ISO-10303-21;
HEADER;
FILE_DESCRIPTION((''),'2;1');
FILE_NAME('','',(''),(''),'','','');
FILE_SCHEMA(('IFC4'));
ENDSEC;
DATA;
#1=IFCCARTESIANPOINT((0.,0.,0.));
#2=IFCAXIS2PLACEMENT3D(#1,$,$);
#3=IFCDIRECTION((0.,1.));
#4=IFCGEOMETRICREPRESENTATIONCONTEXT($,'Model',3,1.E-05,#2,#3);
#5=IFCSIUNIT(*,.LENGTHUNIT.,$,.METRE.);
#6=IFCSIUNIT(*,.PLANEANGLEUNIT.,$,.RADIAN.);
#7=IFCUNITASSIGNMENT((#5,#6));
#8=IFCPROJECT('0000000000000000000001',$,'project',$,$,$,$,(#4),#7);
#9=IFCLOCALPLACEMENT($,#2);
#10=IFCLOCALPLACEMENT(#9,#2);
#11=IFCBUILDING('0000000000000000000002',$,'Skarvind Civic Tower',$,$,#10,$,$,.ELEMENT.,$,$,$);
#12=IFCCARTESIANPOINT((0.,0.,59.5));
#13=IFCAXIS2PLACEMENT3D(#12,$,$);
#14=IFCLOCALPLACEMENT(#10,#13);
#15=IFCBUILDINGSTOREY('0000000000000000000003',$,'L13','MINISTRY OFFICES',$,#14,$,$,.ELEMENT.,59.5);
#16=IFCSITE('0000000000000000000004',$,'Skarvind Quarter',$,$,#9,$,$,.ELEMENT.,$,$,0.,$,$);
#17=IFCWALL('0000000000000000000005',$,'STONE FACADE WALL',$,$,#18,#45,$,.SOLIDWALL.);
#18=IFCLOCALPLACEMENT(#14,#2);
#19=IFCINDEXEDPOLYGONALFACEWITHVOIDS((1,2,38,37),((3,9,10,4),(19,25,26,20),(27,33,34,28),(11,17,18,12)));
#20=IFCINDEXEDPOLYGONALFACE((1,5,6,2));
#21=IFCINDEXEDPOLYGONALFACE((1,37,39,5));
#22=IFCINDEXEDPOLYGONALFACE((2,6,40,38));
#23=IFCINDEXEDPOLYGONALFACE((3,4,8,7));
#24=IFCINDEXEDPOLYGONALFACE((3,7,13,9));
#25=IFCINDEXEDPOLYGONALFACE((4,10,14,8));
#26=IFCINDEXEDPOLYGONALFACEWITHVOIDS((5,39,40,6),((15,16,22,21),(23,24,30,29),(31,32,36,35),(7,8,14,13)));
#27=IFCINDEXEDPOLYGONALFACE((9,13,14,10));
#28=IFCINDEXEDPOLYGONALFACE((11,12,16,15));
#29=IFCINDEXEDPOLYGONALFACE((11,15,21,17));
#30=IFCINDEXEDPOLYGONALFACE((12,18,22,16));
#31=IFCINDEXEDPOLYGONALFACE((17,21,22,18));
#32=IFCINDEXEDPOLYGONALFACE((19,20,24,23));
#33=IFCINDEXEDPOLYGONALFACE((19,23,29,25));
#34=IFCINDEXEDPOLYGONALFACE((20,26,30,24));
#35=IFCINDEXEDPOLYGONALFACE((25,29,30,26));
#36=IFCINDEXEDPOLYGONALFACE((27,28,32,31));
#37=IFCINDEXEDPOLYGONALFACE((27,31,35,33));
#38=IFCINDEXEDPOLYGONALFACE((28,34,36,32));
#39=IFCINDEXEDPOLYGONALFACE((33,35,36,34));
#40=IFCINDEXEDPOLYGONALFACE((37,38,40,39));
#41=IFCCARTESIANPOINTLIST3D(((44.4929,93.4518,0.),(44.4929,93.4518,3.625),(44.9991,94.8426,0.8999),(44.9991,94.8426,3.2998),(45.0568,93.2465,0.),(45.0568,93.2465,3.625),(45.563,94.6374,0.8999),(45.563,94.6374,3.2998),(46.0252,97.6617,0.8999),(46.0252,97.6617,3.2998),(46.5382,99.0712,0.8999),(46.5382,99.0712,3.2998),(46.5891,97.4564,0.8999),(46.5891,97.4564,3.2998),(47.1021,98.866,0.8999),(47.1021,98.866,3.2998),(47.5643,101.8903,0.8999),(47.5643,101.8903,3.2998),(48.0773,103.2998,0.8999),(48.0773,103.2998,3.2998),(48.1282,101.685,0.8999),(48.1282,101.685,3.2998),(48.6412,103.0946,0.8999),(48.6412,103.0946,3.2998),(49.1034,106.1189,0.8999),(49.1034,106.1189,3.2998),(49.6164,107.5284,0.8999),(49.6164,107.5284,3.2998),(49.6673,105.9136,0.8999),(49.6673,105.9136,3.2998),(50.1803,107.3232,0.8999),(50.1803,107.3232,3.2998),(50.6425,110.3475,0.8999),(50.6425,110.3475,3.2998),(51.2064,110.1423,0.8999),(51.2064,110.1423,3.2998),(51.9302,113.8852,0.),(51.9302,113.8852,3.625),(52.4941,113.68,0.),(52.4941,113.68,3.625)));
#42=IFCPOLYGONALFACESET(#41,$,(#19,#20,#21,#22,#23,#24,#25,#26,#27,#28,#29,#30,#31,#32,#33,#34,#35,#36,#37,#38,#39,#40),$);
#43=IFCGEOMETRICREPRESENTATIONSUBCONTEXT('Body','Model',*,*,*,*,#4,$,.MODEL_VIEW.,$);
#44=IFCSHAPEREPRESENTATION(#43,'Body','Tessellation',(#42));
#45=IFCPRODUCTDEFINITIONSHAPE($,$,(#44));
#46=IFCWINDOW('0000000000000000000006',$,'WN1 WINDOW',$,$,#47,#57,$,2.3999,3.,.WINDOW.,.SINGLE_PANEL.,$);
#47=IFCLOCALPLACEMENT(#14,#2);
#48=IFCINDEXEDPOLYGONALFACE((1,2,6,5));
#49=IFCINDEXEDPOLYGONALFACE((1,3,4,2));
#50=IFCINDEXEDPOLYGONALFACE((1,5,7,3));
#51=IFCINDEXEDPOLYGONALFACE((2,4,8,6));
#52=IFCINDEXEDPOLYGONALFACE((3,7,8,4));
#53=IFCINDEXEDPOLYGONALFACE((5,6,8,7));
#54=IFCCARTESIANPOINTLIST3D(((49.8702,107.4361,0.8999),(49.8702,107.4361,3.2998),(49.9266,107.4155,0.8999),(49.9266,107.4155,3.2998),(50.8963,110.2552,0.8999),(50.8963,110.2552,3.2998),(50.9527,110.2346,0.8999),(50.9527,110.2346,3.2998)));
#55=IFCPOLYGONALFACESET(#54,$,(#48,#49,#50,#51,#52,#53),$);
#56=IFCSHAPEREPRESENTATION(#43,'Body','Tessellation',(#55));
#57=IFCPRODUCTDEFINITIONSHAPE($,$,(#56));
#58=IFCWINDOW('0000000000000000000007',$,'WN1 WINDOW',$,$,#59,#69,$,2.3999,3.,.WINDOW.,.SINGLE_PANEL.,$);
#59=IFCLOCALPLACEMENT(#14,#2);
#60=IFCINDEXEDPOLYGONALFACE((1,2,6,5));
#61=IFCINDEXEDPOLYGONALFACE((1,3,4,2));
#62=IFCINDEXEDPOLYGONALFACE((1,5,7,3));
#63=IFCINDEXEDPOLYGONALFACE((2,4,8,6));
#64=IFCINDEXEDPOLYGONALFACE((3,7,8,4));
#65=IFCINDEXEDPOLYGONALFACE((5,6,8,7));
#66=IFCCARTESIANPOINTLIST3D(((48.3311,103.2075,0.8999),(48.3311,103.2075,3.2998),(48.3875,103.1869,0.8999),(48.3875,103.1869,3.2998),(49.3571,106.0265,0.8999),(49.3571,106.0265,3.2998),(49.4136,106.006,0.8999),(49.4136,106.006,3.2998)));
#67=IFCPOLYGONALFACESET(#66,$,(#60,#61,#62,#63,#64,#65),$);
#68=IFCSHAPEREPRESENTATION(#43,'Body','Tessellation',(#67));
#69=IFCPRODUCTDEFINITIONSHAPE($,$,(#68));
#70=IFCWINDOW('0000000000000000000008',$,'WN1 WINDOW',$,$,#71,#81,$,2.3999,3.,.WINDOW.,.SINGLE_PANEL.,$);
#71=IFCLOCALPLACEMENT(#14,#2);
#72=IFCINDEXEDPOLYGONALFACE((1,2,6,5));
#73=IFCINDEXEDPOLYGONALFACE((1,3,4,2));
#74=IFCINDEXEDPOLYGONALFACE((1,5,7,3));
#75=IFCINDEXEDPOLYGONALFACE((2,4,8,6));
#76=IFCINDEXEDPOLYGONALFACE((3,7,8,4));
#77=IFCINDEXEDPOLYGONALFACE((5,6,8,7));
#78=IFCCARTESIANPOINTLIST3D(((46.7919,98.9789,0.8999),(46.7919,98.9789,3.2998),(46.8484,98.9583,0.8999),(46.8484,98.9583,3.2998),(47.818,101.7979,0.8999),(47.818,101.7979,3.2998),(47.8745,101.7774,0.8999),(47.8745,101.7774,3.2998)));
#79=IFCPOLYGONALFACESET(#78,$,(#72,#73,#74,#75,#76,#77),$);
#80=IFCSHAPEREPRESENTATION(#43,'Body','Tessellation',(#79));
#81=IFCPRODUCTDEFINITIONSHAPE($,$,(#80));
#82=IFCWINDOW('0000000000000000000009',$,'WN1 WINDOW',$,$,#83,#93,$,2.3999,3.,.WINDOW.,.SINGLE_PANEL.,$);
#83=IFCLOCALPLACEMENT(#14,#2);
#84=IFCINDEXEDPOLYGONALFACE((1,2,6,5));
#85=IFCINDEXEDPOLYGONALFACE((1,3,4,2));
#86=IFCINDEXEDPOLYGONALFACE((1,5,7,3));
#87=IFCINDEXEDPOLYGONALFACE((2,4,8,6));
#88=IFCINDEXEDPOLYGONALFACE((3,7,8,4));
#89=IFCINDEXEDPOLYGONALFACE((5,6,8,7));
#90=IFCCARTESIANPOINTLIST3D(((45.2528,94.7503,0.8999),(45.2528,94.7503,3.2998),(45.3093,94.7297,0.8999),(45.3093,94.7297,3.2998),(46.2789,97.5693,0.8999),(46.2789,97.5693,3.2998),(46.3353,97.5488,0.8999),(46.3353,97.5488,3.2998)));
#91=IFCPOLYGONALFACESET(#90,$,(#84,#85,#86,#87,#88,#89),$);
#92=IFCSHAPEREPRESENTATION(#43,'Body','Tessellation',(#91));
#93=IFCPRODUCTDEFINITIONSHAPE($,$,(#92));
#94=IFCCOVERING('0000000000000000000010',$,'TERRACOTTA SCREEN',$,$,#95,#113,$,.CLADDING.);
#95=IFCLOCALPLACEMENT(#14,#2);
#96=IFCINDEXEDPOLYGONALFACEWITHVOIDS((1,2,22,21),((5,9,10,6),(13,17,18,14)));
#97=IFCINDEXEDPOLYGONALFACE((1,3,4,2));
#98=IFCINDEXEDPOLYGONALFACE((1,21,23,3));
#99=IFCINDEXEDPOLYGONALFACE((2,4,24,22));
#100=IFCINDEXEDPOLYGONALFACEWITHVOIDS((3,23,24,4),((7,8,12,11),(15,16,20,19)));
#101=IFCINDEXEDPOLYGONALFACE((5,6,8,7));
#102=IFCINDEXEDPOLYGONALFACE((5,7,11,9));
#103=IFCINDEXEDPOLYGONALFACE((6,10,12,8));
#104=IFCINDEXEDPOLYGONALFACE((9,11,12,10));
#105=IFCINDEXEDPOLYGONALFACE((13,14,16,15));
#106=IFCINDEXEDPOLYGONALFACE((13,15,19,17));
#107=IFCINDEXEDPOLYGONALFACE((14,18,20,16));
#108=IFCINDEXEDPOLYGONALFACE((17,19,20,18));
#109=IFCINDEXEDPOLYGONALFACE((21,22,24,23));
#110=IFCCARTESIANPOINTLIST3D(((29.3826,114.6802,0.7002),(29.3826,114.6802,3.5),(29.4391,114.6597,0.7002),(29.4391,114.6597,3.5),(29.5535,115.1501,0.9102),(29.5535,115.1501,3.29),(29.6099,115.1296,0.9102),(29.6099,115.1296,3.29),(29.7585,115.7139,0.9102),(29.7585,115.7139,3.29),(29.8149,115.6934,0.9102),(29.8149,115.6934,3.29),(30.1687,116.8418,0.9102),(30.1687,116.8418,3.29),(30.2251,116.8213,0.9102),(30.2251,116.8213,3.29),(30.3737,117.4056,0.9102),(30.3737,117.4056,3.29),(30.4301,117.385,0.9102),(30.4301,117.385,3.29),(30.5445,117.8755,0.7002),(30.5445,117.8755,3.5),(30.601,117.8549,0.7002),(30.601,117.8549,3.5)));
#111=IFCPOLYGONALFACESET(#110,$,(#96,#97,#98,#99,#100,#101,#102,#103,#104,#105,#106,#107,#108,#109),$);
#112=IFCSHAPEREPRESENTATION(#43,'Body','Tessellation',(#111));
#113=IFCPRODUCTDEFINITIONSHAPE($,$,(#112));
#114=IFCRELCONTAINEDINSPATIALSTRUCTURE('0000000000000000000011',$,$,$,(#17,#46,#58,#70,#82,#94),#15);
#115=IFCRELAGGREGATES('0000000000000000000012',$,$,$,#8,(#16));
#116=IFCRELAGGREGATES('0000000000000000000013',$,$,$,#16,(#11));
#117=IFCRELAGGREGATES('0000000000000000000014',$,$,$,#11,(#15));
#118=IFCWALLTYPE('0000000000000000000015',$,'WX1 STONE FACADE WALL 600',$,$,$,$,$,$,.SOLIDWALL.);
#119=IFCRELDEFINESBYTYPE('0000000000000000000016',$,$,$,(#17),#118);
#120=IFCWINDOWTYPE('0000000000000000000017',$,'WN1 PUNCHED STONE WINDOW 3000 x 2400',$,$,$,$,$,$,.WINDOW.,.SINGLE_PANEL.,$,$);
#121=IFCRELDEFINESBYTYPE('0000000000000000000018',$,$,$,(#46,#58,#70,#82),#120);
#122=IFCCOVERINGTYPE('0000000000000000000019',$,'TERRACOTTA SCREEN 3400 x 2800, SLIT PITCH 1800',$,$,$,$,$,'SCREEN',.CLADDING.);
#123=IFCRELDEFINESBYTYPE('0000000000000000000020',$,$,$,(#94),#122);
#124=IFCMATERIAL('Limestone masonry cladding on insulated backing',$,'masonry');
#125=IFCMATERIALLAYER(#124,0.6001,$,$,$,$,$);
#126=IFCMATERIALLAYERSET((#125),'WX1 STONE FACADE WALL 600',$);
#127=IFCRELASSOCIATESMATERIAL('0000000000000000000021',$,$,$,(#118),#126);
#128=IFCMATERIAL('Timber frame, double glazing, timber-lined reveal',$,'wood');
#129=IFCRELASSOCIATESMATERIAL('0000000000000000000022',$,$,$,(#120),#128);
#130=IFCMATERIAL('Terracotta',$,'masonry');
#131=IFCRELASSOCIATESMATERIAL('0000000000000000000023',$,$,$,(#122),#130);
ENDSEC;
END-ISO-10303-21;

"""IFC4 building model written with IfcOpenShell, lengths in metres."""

from ifc_helpers import new_model, si_unit, direction, frame, frame_2d, origin, place, context, subcontext, project, spatial, polyline, rectangle, outline, extrude, material, layer, layer_set, material_profile, profile_set, type_object, element, fill, save


model = new_model("IFC4")

# Units and contexts
model_context = context("Model", 3, precision=1e-05, world=origin(), true_north=direction((0.0, 1.0)))
body_context = subcontext(model_context, "Body", "Model", "MODEL_VIEW")
ifc_project = project(units=[si_unit("LENGTHUNIT", "METRE"), si_unit("PLANEANGLEUNIT", "RADIAN")], contexts=[model_context])

# Site, building, storey
site_placement = place(None, origin())
site = spatial("IfcSite", under=ifc_project, at=site_placement, Name="Skarvind Quarter", CompositionType="ELEMENT", RefElevation=0.0)
building_placement = place(site_placement, origin())
building = spatial("IfcBuilding", under=site, at=building_placement, Name="Skarvind Civic Tower", CompositionType="ELEMENT")
storey_placement = place(building_placement, frame((0.0, 0.0, 59.5)))
storey = spatial("IfcBuildingStorey", under=building, at=storey_placement, Name="L13", Description="MINISTRY OFFICES", CompositionType="ELEMENT", Elevation=59.5)

# Wall, openings, windows
ifc_material_1 = material(Name="Limestone masonry cladding on insulated backing", Category="masonry")
ifc_layer_1 = layer(ifc_material_1, 0.6001)
ifc_layer_set_1 = layer_set([ifc_layer_1], Name="WX1 STONE FACADE WALL 600")
wall_type_1 = type_object("IfcWallType", Name="WX1 STONE FACADE WALL 600", PredefinedType="SOLIDWALL", material=ifc_layer_set_1)
wall_1_placement = place(storey_placement, frame((52.2122, 113.7827, 0.0), z_axis=(0.0, 0.0, 1.0), x_axis=(-0.342025, -0.939691, 0.0)))
wall_1 = element("IfcWall", 1, at=wall_1_placement, inside=storey, type_object=wall_type_1, Name="STONE FACADE WALL", PredefinedType="SOLIDWALL", context=body_context, shape_type="SweptSolid", body=[
    extrude(rectangle(XDim=21.7449, YDim=0.6001, at=frame_2d((10.8726, 0.0))), origin(), (0.0, 0.0, 1.0), 3.625),
])
opening_1_placement = place(wall_1_placement, frame((3.7649, 0.0, 0.8999)))
opening_1 = element("IfcOpeningElement", 2, at=opening_1_placement, cuts=wall_1, PredefinedType="OPENING", context=body_context, shape_type="SweptSolid", body=[
    extrude(rectangle(XDim=3.0, YDim=2.3999, at=frame_2d((1.5, 1.2))), frame((0.0, 0.3101, 0.0), z_axis=(0.0, -1.0, 0.0), x_axis=(1.0, 0.0, 0.0)), (0.0, 0.0, 1.0), 0.6201),
])
opening_2_placement = place(wall_1_placement, frame((8.2649, 0.0, 0.8999)))
opening_2 = element("IfcOpeningElement", 3, at=opening_2_placement, cuts=wall_1, PredefinedType="OPENING", context=body_context, shape_type="SweptSolid", body=[
    extrude(rectangle(XDim=3.0, YDim=2.3999, at=frame_2d((1.5, 1.2))), frame((0.0, 0.3101, 0.0), z_axis=(0.0, -1.0, 0.0), x_axis=(1.0, 0.0, 0.0)), (0.0, 0.0, 1.0), 0.6201),
])
opening_3_placement = place(wall_1_placement, frame((12.7649, 0.0, 0.8999)))
opening_3 = element("IfcOpeningElement", 4, at=opening_3_placement, cuts=wall_1, PredefinedType="OPENING", context=body_context, shape_type="SweptSolid", body=[
    extrude(rectangle(XDim=3.0, YDim=2.3999, at=frame_2d((1.5, 1.2))), frame((0.0, 0.3101, 0.0), z_axis=(0.0, -1.0, 0.0), x_axis=(1.0, 0.0, 0.0)), (0.0, 0.0, 1.0), 0.6201),
])
opening_4_placement = place(wall_1_placement, frame((17.2649, 0.0, 0.8999)))
opening_4 = element("IfcOpeningElement", 5, at=opening_4_placement, cuts=wall_1, PredefinedType="OPENING", context=body_context, shape_type="SweptSolid", body=[
    extrude(rectangle(XDim=3.0, YDim=2.3999, at=frame_2d((1.5, 1.2))), frame((0.0, 0.3101, 0.0), z_axis=(0.0, -1.0, 0.0), x_axis=(1.0, 0.0, 0.0)), (0.0, 0.0, 1.0), 0.6201),
])
ifc_material_2 = material(Name="Timber frame, double glazing, timber-lined reveal", Category="wood")
window_type = type_object("IfcWindowType", Name="WN1 PUNCHED STONE WINDOW 3000 x 2400", PartitioningType="SINGLE_PANEL", PredefinedType="WINDOW", material=ifc_material_2)
window_1_placement = place(opening_1_placement, origin())
window_1 = element("IfcWindow", 6, at=window_1_placement, inside=storey, type_object=window_type, Name="WN1 WINDOW", OverallHeight=2.3999, OverallWidth=3.0, PartitioningType="SINGLE_PANEL", PredefinedType="WINDOW", context=body_context, shape_type="SweptSolid", body=[
    extrude(rectangle(XDim=3.0, YDim=2.3999, at=frame_2d((1.5, 1.2))), frame((0.0, 0.03, 0.0), z_axis=(0.0, -1.0, 0.0), x_axis=(1.0, 0.0, 0.0)), (0.0, 0.0, 1.0), 0.0601),
])
fill(opening_1, window_1)
window_2_placement = place(opening_2_placement, origin())
window_2 = element("IfcWindow", 7, at=window_2_placement, inside=storey, type_object=window_type, Name="WN1 WINDOW", OverallHeight=2.3999, OverallWidth=3.0, PartitioningType="SINGLE_PANEL", PredefinedType="WINDOW", context=body_context, shape_type="SweptSolid", body=[
    extrude(rectangle(XDim=3.0, YDim=2.3999, at=frame_2d((1.5, 1.2))), frame((0.0, 0.03, 0.0), z_axis=(0.0, -1.0, 0.0), x_axis=(1.0, 0.0, 0.0)), (0.0, 0.0, 1.0), 0.0601),
])
fill(opening_2, window_2)
window_3_placement = place(opening_3_placement, origin())
window_3 = element("IfcWindow", 8, at=window_3_placement, inside=storey, type_object=window_type, Name="WN1 WINDOW", OverallHeight=2.3999, OverallWidth=3.0, PartitioningType="SINGLE_PANEL", PredefinedType="WINDOW", context=body_context, shape_type="SweptSolid", body=[
    extrude(rectangle(XDim=3.0, YDim=2.3999, at=frame_2d((1.5, 1.2))), frame((0.0, 0.03, 0.0), z_axis=(0.0, -1.0, 0.0), x_axis=(1.0, 0.0, 0.0)), (0.0, 0.0, 1.0), 0.0601),
])
fill(opening_3, window_3)
window_4_placement = place(opening_4_placement, origin())
window_4 = element("IfcWindow", 9, at=window_4_placement, inside=storey, type_object=window_type, Name="WN1 WINDOW", OverallHeight=2.3999, OverallWidth=3.0, PartitioningType="SINGLE_PANEL", PredefinedType="WINDOW", context=body_context, shape_type="SweptSolid", body=[
    extrude(rectangle(XDim=3.0, YDim=2.3999, at=frame_2d((1.5, 1.2))), frame((0.0, 0.03, 0.0), z_axis=(0.0, -1.0, 0.0), x_axis=(1.0, 0.0, 0.0)), (0.0, 0.0, 1.0), 0.0601),
])
fill(opening_4, window_4)

# Covering
ifc_material_3 = material(Name="Terracotta", Category="masonry")
ifc_material_profile_1 = material_profile(ifc_material_3, outline(polyline([(-1.7, -1.3999), (1.7, -1.3999), (1.7, 1.3999), (-1.7, 1.3999), (-1.7, -1.3999)]), holes=[polyline([(-1.2, -1.1899), (-0.6001, -1.1899), (-0.6001, 1.1899), (-1.2, 1.1899), (-1.2, -1.1899)]), polyline([(0.6001, -1.1899), (1.2, -1.1899), (1.2, 1.1899), (0.6001, 1.1899), (0.6001, -1.1899)])]), Name="TERRACOTTA SCREEN 3400 x 2800, SLIT PITCH 1800")
ifc_profile_set_1 = profile_set([ifc_material_profile_1], Name="Terracotta")
covering_type = type_object("IfcCoveringType", Name="TERRACOTTA SCREEN 3400 x 2800, SLIT PITCH 1800", ElementType="SCREEN", PredefinedType="CLADDING", material=ifc_profile_set_1)
covering_placement = place(storey_placement, frame((30.02, 116.2573, 2.1001), z_axis=(-0.939793, 0.341743, 0.0), x_axis=(-0.341743, -0.939793, 0.0)))
element("IfcCovering", 10, at=covering_placement, inside=storey, type_object=covering_type, Name="TERRACOTTA SCREEN", PredefinedType="CLADDING", context=body_context, shape_type="SweptSolid", body=[
    extrude(outline(polyline([(-1.7, -1.3999), (1.7, -1.3999), (1.7, 1.3999), (-1.7, 1.3999), (-1.7, -1.3999)]), holes=[polyline([(-1.2, -1.1899), (-0.6001, -1.1899), (-0.6001, 1.1899), (-1.2, 1.1899), (-1.2, -1.1899)]), polyline([(0.6001, -1.1899), (1.2, -1.1899), (1.2, 1.1899), (0.6001, 1.1899), (0.6001, -1.1899)])]), origin(), (0.0, 0.0, 1.0), 0.0601),
])

save(model, "model.ifc")
